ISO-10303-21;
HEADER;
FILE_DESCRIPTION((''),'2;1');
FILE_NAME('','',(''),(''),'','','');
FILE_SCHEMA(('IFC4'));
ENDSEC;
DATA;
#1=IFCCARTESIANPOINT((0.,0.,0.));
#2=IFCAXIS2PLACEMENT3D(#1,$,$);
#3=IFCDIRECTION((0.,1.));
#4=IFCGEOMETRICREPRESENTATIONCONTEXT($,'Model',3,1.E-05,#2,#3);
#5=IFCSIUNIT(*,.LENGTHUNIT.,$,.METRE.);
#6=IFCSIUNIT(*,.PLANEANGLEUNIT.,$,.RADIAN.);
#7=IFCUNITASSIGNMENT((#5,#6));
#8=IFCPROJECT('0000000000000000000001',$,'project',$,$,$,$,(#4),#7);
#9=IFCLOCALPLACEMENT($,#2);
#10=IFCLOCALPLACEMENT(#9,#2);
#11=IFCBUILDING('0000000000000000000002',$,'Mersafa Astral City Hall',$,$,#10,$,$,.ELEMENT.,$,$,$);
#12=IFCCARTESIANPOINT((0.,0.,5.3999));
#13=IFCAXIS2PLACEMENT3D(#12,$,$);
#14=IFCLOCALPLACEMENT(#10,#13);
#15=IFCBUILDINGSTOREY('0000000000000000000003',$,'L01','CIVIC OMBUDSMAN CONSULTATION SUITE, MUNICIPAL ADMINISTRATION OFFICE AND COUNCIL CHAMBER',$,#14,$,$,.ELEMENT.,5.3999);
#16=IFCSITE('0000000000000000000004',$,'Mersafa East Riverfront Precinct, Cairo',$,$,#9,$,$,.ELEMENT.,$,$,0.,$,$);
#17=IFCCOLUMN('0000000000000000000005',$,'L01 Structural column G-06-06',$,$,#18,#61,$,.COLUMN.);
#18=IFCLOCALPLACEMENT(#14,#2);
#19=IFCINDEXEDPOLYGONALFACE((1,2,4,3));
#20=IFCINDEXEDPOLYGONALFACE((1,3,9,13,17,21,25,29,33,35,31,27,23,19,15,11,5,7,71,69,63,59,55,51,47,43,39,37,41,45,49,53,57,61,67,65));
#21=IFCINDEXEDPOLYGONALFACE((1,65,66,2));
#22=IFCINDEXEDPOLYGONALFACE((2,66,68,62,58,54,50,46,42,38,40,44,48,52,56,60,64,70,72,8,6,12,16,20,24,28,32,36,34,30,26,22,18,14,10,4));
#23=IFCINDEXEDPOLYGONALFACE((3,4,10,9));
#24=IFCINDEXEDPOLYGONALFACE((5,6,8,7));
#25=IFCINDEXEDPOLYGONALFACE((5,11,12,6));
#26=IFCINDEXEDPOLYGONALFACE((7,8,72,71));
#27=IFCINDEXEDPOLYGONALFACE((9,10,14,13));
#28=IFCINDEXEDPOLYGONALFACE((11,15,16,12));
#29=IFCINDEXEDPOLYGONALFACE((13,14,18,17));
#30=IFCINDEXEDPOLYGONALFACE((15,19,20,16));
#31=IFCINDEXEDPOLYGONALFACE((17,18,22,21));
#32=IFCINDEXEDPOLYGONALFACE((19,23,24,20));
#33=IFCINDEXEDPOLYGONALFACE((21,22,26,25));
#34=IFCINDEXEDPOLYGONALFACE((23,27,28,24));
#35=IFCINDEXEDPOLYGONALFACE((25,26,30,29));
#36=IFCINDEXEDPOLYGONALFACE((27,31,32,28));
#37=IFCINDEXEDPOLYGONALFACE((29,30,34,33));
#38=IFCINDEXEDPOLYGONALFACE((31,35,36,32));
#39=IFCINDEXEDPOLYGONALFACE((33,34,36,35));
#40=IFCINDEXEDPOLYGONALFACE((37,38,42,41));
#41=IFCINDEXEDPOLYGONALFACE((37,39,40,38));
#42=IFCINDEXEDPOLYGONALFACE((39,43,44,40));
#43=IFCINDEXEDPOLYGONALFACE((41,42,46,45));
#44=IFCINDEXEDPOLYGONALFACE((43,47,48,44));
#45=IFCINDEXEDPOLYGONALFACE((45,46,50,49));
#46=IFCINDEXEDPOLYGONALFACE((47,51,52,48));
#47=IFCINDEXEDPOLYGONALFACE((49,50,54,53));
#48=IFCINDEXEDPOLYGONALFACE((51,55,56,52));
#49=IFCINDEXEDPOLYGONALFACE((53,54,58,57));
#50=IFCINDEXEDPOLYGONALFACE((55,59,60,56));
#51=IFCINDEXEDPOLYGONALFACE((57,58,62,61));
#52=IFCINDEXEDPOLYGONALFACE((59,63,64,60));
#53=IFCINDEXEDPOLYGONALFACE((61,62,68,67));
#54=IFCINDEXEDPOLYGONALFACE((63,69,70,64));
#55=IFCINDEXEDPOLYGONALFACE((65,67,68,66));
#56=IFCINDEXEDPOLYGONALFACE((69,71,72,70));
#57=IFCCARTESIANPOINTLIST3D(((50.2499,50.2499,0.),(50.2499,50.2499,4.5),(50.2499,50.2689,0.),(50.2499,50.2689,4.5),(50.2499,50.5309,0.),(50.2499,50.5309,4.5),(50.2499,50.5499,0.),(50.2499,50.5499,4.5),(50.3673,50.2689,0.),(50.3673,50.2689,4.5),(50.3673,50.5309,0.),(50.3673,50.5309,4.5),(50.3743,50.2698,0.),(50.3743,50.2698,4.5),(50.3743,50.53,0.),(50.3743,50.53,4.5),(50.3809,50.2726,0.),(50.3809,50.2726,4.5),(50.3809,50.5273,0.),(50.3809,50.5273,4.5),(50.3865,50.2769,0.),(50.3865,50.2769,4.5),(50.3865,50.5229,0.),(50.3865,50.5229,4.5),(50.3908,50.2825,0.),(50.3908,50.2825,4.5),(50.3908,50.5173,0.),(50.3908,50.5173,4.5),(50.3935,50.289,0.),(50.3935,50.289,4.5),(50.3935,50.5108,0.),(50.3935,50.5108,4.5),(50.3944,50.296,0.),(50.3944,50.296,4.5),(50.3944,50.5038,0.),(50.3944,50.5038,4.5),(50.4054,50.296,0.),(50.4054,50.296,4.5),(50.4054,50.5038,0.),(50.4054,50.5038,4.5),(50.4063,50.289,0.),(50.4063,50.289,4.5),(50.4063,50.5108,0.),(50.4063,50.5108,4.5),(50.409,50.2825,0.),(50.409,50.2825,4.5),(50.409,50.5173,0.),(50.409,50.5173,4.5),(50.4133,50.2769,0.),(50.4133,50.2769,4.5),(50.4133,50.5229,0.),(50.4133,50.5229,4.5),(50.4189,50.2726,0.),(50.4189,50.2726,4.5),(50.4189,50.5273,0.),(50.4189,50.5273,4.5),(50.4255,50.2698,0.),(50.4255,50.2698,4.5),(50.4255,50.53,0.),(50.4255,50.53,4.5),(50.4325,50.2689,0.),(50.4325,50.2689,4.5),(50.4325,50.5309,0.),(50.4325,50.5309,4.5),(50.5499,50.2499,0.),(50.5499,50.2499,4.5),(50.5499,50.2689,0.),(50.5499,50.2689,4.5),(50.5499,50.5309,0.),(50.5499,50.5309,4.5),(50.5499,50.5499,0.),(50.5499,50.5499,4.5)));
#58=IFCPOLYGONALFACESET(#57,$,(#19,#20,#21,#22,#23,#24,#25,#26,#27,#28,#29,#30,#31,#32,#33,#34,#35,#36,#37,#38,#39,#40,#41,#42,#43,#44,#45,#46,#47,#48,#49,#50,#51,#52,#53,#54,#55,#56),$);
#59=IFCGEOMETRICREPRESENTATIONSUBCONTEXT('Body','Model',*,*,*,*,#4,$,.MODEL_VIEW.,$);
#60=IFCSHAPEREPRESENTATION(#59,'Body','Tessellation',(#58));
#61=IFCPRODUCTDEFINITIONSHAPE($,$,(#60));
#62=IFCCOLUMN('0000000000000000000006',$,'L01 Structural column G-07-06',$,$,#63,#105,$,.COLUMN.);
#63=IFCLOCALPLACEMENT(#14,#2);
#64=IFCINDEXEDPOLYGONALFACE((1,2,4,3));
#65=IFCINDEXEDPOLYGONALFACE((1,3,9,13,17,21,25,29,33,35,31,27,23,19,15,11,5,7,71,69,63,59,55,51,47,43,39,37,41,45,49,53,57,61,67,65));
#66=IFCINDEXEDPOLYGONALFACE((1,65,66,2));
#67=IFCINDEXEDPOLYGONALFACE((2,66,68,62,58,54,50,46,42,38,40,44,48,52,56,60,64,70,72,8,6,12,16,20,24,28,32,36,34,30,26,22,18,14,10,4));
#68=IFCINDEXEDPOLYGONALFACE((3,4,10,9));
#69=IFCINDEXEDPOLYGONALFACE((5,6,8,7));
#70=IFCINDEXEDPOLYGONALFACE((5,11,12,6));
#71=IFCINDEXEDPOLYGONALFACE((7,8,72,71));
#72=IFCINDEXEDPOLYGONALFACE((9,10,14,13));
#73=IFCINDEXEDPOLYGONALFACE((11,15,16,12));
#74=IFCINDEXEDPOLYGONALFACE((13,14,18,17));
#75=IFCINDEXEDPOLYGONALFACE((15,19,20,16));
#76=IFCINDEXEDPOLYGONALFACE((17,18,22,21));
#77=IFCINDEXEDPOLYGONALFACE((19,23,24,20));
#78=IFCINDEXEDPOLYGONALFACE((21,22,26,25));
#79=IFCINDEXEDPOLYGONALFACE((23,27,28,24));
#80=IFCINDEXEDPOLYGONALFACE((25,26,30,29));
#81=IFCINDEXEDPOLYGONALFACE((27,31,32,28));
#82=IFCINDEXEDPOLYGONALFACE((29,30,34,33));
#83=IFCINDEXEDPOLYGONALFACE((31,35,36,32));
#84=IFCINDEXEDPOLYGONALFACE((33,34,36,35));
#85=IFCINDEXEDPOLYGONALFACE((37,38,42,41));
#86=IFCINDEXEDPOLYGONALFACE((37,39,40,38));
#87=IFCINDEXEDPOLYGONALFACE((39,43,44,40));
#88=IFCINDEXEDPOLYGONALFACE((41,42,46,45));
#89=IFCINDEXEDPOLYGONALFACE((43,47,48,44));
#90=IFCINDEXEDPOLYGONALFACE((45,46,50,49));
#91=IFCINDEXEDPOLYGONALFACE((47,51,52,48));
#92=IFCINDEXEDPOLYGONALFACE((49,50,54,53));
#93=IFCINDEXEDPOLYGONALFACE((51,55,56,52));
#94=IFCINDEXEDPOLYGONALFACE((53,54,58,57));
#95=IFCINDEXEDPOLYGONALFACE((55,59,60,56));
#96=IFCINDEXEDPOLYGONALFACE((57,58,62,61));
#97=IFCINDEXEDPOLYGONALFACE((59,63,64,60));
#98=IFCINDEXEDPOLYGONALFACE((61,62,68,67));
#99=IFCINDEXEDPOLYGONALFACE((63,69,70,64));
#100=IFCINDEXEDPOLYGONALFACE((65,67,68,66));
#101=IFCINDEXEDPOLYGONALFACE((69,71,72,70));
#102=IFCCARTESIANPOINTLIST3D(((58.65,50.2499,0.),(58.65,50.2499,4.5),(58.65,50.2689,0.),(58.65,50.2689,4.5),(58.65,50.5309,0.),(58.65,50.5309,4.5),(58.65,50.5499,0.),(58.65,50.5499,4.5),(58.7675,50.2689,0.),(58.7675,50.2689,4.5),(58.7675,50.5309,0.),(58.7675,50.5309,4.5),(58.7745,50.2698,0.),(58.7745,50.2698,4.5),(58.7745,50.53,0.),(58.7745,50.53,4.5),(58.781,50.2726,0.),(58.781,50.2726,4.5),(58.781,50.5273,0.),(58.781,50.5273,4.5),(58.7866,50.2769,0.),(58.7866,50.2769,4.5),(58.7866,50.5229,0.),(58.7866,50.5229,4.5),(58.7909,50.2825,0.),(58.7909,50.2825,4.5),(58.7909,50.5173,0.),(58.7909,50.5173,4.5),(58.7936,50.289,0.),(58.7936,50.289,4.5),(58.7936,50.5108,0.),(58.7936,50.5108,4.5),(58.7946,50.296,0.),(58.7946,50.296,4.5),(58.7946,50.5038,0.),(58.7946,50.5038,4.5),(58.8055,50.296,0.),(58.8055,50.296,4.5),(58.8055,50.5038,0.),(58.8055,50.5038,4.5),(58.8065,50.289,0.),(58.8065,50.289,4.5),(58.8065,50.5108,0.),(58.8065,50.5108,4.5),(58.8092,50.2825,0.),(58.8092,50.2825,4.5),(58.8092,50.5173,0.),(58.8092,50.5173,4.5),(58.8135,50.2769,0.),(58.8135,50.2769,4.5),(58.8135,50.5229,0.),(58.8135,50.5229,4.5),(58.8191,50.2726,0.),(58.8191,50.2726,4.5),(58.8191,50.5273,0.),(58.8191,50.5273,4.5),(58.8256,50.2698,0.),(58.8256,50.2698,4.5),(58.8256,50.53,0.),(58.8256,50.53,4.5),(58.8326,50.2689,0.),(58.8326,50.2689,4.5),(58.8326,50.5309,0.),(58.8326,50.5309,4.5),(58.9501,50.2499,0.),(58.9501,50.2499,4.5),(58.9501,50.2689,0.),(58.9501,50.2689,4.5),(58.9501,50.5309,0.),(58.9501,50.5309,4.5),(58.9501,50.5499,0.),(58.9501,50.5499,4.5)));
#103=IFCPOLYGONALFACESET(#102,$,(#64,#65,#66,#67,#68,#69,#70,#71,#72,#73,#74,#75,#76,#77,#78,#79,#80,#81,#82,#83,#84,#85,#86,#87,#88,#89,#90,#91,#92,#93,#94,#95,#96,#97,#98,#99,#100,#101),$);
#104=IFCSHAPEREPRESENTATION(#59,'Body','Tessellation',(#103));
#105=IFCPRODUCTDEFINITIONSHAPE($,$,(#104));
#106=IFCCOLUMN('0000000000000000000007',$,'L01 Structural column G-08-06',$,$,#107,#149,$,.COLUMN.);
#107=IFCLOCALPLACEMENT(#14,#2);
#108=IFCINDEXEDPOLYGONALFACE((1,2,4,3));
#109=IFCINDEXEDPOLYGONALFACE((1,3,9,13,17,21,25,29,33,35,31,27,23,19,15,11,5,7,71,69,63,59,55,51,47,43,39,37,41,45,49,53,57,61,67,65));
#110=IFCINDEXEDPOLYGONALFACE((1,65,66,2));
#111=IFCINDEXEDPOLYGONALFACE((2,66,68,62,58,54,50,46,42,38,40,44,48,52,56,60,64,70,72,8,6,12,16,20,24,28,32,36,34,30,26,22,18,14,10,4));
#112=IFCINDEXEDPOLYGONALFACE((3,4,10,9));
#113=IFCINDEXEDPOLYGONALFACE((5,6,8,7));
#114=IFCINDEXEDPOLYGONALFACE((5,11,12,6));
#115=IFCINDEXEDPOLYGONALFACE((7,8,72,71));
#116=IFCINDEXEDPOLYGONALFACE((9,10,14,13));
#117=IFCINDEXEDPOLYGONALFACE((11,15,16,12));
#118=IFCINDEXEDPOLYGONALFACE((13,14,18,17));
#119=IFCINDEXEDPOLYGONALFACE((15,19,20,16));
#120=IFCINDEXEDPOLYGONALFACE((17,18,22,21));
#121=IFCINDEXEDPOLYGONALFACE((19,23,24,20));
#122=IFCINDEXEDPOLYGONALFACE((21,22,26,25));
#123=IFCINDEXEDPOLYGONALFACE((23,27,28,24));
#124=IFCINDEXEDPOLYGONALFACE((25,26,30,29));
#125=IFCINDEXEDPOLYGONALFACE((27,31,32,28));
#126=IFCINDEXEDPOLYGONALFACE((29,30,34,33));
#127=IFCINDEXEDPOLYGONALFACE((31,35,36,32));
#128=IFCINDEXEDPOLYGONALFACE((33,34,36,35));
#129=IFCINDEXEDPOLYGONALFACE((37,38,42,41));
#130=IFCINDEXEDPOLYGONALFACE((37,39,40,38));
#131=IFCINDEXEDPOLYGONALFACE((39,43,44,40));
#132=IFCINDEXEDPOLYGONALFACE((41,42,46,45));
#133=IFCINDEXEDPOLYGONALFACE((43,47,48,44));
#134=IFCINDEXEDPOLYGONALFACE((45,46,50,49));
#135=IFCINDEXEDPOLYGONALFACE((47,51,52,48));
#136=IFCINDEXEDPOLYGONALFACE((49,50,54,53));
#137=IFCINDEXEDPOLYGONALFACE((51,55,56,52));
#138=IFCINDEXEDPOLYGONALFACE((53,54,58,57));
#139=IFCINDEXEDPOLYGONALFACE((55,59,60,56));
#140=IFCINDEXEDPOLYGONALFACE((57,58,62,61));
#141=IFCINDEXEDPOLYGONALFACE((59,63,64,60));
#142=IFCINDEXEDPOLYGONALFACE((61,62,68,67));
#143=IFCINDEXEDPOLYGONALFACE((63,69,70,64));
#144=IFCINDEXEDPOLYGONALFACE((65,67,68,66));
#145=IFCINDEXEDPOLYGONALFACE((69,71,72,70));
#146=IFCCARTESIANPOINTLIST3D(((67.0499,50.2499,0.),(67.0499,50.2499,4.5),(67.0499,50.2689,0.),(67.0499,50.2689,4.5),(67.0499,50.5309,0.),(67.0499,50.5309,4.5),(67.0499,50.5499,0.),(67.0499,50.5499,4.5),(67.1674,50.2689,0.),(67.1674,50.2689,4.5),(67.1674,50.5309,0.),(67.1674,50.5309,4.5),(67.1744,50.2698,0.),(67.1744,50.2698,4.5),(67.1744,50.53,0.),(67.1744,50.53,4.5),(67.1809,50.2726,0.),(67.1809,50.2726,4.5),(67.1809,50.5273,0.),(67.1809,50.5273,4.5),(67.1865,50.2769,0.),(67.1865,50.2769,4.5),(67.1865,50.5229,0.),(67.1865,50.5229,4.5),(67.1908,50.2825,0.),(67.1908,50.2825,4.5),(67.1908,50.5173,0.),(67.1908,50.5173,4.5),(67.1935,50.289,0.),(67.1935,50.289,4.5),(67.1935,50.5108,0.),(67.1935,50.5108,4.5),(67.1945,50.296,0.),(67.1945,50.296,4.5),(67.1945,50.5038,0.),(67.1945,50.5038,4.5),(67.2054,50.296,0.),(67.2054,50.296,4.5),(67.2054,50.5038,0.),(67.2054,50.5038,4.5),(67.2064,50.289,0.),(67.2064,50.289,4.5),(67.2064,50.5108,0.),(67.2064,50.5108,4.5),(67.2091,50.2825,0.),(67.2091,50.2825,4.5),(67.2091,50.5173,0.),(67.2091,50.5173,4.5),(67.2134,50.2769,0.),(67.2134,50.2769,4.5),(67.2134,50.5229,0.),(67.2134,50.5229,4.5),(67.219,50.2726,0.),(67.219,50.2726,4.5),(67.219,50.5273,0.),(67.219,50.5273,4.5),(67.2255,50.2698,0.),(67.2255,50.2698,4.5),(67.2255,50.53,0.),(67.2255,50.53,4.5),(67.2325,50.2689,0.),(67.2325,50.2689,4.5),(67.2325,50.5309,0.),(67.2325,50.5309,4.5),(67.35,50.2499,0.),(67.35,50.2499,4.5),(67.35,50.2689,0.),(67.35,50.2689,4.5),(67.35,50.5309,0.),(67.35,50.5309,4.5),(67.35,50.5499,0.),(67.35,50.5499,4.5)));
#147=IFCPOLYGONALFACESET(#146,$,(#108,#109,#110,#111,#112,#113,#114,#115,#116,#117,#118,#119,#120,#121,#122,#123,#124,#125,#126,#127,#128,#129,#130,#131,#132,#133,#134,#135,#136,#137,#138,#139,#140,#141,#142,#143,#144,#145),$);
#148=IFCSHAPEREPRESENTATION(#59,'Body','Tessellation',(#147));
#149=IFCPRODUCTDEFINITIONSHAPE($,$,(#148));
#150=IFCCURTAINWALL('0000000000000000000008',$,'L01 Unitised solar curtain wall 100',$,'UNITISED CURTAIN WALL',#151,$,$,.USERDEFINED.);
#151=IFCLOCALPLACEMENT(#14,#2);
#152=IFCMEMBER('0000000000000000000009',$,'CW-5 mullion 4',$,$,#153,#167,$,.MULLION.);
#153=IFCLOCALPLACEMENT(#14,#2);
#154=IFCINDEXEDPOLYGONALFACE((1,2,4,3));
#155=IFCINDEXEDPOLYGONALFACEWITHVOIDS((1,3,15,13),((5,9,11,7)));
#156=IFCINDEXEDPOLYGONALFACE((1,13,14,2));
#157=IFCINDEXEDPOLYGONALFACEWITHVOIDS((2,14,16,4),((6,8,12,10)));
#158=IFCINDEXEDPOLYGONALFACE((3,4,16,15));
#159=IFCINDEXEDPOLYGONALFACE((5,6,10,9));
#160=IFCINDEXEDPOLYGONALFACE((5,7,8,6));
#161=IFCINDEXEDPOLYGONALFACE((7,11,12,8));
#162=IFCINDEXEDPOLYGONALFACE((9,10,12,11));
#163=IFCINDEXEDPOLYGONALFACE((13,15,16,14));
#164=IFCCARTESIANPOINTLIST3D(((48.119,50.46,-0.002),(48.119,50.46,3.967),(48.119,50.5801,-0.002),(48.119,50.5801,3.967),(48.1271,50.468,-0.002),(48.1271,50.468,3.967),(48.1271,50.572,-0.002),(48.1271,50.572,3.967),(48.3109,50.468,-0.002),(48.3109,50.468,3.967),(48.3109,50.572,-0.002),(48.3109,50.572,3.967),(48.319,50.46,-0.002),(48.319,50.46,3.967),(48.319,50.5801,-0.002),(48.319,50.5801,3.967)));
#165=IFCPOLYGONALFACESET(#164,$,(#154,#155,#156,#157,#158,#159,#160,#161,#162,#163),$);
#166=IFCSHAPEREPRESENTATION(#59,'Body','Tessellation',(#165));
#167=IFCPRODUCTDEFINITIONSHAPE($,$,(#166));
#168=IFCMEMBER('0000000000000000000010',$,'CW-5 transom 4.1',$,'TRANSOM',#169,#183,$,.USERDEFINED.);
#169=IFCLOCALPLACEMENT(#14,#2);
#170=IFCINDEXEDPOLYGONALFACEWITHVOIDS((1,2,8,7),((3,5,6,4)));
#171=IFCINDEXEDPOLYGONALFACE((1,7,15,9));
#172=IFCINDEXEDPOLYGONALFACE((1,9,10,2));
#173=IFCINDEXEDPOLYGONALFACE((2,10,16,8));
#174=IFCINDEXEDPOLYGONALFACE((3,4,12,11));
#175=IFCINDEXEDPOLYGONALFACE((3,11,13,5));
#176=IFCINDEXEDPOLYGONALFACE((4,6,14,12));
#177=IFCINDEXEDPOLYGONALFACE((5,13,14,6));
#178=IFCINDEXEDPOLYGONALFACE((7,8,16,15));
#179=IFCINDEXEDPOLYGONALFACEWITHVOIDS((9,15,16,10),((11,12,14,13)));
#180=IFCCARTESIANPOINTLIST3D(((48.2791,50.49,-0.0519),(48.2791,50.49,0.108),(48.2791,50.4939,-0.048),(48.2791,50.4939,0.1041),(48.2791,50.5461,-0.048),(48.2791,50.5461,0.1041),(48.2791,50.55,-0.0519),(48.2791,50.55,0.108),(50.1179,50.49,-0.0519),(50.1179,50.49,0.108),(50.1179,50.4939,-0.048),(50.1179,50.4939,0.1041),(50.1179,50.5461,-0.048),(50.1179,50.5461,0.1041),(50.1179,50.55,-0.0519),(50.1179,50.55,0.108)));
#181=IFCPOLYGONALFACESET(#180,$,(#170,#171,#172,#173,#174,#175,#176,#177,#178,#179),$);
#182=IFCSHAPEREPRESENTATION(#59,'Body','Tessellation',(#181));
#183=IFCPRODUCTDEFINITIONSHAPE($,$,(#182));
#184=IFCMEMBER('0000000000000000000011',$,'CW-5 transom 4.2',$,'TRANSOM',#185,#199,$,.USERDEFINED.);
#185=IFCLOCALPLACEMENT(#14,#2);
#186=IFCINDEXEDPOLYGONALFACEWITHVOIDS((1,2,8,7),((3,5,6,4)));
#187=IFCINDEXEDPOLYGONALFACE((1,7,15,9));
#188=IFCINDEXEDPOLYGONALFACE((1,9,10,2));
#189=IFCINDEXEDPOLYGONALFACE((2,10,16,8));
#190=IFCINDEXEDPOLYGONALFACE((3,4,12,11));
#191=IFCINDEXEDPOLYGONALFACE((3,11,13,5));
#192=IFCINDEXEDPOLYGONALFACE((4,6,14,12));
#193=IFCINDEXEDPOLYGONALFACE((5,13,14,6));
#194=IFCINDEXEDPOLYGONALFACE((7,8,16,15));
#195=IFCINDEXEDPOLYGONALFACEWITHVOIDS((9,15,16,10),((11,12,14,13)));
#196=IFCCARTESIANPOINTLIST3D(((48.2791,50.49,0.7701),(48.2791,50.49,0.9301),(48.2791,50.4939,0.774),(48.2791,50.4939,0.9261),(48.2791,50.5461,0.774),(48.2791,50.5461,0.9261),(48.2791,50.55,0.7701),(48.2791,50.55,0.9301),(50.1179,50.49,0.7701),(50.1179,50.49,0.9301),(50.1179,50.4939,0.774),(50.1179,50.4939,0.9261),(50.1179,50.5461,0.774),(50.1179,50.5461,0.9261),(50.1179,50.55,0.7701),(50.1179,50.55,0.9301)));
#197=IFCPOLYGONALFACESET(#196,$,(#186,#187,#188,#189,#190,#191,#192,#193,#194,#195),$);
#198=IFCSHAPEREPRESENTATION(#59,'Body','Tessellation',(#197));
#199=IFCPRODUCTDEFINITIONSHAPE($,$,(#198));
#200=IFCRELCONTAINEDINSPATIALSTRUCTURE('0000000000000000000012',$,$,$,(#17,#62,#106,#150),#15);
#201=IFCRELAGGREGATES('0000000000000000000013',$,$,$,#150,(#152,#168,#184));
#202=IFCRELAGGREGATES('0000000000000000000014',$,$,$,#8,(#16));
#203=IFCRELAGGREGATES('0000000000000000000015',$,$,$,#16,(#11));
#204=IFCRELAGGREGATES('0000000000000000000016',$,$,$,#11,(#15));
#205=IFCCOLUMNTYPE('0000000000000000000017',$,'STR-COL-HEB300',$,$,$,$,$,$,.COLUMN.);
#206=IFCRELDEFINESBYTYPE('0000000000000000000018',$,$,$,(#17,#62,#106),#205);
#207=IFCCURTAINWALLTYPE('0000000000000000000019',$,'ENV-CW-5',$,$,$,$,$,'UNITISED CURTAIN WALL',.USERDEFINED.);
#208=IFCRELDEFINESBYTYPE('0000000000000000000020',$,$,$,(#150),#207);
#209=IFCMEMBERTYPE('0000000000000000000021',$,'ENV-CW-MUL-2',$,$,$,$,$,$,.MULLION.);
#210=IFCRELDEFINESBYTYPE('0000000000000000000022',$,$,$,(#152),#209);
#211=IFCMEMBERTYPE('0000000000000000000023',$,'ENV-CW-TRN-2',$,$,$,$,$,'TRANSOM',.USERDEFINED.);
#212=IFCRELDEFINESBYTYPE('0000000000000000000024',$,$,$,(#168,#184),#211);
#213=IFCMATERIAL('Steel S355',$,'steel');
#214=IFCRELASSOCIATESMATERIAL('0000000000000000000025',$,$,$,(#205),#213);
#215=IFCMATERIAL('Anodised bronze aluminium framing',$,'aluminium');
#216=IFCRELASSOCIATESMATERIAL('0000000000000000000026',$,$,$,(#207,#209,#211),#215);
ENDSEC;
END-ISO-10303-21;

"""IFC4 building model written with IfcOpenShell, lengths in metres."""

from ifc_helpers import new_model, si_unit, direction, frame, origin, origin_2d, place, context, subcontext, project, spatial, hollow_rectangle, i_section, extrude, material, material_profile, profile_set, type_object, element, aggregate, save


model = new_model("IFC4")

# Units and contexts
model_context = context("Model", 3, precision=1e-05, world=origin(), true_north=direction((0.0, 1.0)))
body_context = subcontext(model_context, "Body", "Model", "MODEL_VIEW")
ifc_project = project(units=[si_unit("LENGTHUNIT", "METRE"), si_unit("PLANEANGLEUNIT", "RADIAN")], contexts=[model_context])

# Site, building, storey
site_placement = place(None, origin())
site = spatial("IfcSite", under=ifc_project, at=site_placement, Name="Mersafa East Riverfront Precinct, Cairo", CompositionType="ELEMENT", RefElevation=0.0)
building_placement = place(site_placement, origin())
building = spatial("IfcBuilding", under=site, at=building_placement, Name="Mersafa Astral City Hall", CompositionType="ELEMENT")
storey_placement = place(building_placement, frame((0.0, 0.0, 5.3999)))
storey = spatial("IfcBuildingStorey", under=building, at=storey_placement, Name="L01", Description="CIVIC OMBUDSMAN CONSULTATION SUITE, MUNICIPAL ADMINISTRATION OFFICE AND COUNCIL CHAMBER", CompositionType="ELEMENT", Elevation=5.3999)

# Columns
ifc_material_1 = material(Name="Steel S355", Category="steel")
ifc_material_profile_1 = material_profile(ifc_material_1, i_section(OverallWidth=0.3, OverallDepth=0.3, WebThickness=0.011, FlangeThickness=0.019, FilletRadius=0.0271, at=origin_2d()), Name="HEB 300")
ifc_profile_set_1 = profile_set([ifc_material_profile_1], Name="Steel S355")
column_type = type_object("IfcColumnType", Name="STR-COL-HEB300", PredefinedType="COLUMN", material=ifc_profile_set_1)
for number, where, z_axis, x_axis, name in (
    (1, (50.3999, 50.3999, 0.0), (0.0, 0.0, 1.0), (1.0, 0.0, 0.0), "L01 Structural column G-06-06"),
    (2, (58.8, 50.3999, 0.0), (0.0, 0.0, 1.0), (1.0, 0.0, 0.0), "L01 Structural column G-07-06"),
    (3, (67.2, 50.3999, 0.0), (0.0, 0.0, 1.0), (1.0, 0.0, 0.0), "L01 Structural column G-08-06"),
):
    element("IfcColumn", number, at=place(storey_placement, frame(where, z_axis=z_axis, x_axis=x_axis)), inside=storey, type_object=column_type, Name=name, PredefinedType="COLUMN", context=body_context, shape_type="SweptSolid", body=[
        extrude(i_section(OverallWidth=0.3, OverallDepth=0.3, WebThickness=0.011, FlangeThickness=0.019, FilletRadius=0.0271, at=origin_2d()), origin(), (0.0, 0.0, 1.0), 4.5),
    ])

# Curtain wall, members
ifc_material_2 = material(Name="Anodised bronze aluminium framing", Category="aluminium")
curtain_wall_type = type_object("IfcCurtainWallType", Name="ENV-CW-5", ElementType="UNITISED CURTAIN WALL", PredefinedType="USERDEFINED", material=ifc_material_2)
curtain_wall_placement = place(storey_placement, origin())
curtain_wall = element("IfcCurtainWall", 4, at=curtain_wall_placement, inside=storey, type_object=curtain_wall_type, Name="L01 Unitised solar curtain wall 100", ObjectType="UNITISED CURTAIN WALL", PredefinedType="USERDEFINED")
ifc_material_profile_2 = material_profile(ifc_material_2, hollow_rectangle(XDim=0.1201, YDim=0.2, WallThickness=0.0081, at=origin_2d()), Name="RHS 120x200x8")
ifc_profile_set_2 = profile_set([ifc_material_profile_2], Name="Anodised bronze aluminium framing")
member_type_1 = type_object("IfcMemberType", Name="ENV-CW-MUL-2", PredefinedType="MULLION", material=ifc_profile_set_2)
member_1_placement = place(storey_placement, frame((48.219, 50.52, -0.002), z_axis=(0.0, 0.0, 1.0), x_axis=(0.0, 1.0, 0.0)))
member_1 = element("IfcMember", 5, at=member_1_placement, type_object=member_type_1, Name="CW-5 mullion 4", PredefinedType="MULLION", context=body_context, shape_type="SweptSolid", body=[
    extrude(hollow_rectangle(XDim=0.1201, YDim=0.2, WallThickness=0.0081, at=origin_2d()), origin(), (0.0, 0.0, 1.0), 3.969),
])
ifc_material_profile_3 = material_profile(ifc_material_2, hollow_rectangle(XDim=0.0601, YDim=0.1599, WallThickness=0.0039, at=origin_2d()), Name="RHS 60x160x4")
ifc_profile_set_3 = profile_set([ifc_material_profile_3], Name="Anodised bronze aluminium framing")
member_type_2 = type_object("IfcMemberType", Name="ENV-CW-TRN-2", ElementType="TRANSOM", PredefinedType="USERDEFINED", material=ifc_profile_set_3)
member_2_placement = place(storey_placement, frame((48.2791, 50.52, 0.0281), z_axis=(1.0, 0.0, 0.0), x_axis=(0.0, 1.0, 0.0)))
member_2 = element("IfcMember", 6, at=member_2_placement, type_object=member_type_2, Name="CW-5 transom 4.1", ObjectType="TRANSOM", PredefinedType="USERDEFINED", context=body_context, shape_type="SweptSolid", body=[
    extrude(hollow_rectangle(XDim=0.0601, YDim=0.1599, WallThickness=0.0039, at=origin_2d()), origin(), (0.0, 0.0, 1.0), 1.8389),
])
member_3_placement = place(storey_placement, frame((48.2791, 50.52, 0.8501), z_axis=(1.0, 0.0, 0.0), x_axis=(0.0, 1.0, 0.0)))
member_3 = element("IfcMember", 7, at=member_3_placement, type_object=member_type_2, Name="CW-5 transom 4.2", ObjectType="TRANSOM", PredefinedType="USERDEFINED", context=body_context, shape_type="SweptSolid", body=[
    extrude(hollow_rectangle(XDim=0.0601, YDim=0.1599, WallThickness=0.0039, at=origin_2d()), origin(), (0.0, 0.0, 1.0), 1.8389),
])

aggregate(curtain_wall, [member_1, member_2, member_3])

save(model, "model.ifc")
